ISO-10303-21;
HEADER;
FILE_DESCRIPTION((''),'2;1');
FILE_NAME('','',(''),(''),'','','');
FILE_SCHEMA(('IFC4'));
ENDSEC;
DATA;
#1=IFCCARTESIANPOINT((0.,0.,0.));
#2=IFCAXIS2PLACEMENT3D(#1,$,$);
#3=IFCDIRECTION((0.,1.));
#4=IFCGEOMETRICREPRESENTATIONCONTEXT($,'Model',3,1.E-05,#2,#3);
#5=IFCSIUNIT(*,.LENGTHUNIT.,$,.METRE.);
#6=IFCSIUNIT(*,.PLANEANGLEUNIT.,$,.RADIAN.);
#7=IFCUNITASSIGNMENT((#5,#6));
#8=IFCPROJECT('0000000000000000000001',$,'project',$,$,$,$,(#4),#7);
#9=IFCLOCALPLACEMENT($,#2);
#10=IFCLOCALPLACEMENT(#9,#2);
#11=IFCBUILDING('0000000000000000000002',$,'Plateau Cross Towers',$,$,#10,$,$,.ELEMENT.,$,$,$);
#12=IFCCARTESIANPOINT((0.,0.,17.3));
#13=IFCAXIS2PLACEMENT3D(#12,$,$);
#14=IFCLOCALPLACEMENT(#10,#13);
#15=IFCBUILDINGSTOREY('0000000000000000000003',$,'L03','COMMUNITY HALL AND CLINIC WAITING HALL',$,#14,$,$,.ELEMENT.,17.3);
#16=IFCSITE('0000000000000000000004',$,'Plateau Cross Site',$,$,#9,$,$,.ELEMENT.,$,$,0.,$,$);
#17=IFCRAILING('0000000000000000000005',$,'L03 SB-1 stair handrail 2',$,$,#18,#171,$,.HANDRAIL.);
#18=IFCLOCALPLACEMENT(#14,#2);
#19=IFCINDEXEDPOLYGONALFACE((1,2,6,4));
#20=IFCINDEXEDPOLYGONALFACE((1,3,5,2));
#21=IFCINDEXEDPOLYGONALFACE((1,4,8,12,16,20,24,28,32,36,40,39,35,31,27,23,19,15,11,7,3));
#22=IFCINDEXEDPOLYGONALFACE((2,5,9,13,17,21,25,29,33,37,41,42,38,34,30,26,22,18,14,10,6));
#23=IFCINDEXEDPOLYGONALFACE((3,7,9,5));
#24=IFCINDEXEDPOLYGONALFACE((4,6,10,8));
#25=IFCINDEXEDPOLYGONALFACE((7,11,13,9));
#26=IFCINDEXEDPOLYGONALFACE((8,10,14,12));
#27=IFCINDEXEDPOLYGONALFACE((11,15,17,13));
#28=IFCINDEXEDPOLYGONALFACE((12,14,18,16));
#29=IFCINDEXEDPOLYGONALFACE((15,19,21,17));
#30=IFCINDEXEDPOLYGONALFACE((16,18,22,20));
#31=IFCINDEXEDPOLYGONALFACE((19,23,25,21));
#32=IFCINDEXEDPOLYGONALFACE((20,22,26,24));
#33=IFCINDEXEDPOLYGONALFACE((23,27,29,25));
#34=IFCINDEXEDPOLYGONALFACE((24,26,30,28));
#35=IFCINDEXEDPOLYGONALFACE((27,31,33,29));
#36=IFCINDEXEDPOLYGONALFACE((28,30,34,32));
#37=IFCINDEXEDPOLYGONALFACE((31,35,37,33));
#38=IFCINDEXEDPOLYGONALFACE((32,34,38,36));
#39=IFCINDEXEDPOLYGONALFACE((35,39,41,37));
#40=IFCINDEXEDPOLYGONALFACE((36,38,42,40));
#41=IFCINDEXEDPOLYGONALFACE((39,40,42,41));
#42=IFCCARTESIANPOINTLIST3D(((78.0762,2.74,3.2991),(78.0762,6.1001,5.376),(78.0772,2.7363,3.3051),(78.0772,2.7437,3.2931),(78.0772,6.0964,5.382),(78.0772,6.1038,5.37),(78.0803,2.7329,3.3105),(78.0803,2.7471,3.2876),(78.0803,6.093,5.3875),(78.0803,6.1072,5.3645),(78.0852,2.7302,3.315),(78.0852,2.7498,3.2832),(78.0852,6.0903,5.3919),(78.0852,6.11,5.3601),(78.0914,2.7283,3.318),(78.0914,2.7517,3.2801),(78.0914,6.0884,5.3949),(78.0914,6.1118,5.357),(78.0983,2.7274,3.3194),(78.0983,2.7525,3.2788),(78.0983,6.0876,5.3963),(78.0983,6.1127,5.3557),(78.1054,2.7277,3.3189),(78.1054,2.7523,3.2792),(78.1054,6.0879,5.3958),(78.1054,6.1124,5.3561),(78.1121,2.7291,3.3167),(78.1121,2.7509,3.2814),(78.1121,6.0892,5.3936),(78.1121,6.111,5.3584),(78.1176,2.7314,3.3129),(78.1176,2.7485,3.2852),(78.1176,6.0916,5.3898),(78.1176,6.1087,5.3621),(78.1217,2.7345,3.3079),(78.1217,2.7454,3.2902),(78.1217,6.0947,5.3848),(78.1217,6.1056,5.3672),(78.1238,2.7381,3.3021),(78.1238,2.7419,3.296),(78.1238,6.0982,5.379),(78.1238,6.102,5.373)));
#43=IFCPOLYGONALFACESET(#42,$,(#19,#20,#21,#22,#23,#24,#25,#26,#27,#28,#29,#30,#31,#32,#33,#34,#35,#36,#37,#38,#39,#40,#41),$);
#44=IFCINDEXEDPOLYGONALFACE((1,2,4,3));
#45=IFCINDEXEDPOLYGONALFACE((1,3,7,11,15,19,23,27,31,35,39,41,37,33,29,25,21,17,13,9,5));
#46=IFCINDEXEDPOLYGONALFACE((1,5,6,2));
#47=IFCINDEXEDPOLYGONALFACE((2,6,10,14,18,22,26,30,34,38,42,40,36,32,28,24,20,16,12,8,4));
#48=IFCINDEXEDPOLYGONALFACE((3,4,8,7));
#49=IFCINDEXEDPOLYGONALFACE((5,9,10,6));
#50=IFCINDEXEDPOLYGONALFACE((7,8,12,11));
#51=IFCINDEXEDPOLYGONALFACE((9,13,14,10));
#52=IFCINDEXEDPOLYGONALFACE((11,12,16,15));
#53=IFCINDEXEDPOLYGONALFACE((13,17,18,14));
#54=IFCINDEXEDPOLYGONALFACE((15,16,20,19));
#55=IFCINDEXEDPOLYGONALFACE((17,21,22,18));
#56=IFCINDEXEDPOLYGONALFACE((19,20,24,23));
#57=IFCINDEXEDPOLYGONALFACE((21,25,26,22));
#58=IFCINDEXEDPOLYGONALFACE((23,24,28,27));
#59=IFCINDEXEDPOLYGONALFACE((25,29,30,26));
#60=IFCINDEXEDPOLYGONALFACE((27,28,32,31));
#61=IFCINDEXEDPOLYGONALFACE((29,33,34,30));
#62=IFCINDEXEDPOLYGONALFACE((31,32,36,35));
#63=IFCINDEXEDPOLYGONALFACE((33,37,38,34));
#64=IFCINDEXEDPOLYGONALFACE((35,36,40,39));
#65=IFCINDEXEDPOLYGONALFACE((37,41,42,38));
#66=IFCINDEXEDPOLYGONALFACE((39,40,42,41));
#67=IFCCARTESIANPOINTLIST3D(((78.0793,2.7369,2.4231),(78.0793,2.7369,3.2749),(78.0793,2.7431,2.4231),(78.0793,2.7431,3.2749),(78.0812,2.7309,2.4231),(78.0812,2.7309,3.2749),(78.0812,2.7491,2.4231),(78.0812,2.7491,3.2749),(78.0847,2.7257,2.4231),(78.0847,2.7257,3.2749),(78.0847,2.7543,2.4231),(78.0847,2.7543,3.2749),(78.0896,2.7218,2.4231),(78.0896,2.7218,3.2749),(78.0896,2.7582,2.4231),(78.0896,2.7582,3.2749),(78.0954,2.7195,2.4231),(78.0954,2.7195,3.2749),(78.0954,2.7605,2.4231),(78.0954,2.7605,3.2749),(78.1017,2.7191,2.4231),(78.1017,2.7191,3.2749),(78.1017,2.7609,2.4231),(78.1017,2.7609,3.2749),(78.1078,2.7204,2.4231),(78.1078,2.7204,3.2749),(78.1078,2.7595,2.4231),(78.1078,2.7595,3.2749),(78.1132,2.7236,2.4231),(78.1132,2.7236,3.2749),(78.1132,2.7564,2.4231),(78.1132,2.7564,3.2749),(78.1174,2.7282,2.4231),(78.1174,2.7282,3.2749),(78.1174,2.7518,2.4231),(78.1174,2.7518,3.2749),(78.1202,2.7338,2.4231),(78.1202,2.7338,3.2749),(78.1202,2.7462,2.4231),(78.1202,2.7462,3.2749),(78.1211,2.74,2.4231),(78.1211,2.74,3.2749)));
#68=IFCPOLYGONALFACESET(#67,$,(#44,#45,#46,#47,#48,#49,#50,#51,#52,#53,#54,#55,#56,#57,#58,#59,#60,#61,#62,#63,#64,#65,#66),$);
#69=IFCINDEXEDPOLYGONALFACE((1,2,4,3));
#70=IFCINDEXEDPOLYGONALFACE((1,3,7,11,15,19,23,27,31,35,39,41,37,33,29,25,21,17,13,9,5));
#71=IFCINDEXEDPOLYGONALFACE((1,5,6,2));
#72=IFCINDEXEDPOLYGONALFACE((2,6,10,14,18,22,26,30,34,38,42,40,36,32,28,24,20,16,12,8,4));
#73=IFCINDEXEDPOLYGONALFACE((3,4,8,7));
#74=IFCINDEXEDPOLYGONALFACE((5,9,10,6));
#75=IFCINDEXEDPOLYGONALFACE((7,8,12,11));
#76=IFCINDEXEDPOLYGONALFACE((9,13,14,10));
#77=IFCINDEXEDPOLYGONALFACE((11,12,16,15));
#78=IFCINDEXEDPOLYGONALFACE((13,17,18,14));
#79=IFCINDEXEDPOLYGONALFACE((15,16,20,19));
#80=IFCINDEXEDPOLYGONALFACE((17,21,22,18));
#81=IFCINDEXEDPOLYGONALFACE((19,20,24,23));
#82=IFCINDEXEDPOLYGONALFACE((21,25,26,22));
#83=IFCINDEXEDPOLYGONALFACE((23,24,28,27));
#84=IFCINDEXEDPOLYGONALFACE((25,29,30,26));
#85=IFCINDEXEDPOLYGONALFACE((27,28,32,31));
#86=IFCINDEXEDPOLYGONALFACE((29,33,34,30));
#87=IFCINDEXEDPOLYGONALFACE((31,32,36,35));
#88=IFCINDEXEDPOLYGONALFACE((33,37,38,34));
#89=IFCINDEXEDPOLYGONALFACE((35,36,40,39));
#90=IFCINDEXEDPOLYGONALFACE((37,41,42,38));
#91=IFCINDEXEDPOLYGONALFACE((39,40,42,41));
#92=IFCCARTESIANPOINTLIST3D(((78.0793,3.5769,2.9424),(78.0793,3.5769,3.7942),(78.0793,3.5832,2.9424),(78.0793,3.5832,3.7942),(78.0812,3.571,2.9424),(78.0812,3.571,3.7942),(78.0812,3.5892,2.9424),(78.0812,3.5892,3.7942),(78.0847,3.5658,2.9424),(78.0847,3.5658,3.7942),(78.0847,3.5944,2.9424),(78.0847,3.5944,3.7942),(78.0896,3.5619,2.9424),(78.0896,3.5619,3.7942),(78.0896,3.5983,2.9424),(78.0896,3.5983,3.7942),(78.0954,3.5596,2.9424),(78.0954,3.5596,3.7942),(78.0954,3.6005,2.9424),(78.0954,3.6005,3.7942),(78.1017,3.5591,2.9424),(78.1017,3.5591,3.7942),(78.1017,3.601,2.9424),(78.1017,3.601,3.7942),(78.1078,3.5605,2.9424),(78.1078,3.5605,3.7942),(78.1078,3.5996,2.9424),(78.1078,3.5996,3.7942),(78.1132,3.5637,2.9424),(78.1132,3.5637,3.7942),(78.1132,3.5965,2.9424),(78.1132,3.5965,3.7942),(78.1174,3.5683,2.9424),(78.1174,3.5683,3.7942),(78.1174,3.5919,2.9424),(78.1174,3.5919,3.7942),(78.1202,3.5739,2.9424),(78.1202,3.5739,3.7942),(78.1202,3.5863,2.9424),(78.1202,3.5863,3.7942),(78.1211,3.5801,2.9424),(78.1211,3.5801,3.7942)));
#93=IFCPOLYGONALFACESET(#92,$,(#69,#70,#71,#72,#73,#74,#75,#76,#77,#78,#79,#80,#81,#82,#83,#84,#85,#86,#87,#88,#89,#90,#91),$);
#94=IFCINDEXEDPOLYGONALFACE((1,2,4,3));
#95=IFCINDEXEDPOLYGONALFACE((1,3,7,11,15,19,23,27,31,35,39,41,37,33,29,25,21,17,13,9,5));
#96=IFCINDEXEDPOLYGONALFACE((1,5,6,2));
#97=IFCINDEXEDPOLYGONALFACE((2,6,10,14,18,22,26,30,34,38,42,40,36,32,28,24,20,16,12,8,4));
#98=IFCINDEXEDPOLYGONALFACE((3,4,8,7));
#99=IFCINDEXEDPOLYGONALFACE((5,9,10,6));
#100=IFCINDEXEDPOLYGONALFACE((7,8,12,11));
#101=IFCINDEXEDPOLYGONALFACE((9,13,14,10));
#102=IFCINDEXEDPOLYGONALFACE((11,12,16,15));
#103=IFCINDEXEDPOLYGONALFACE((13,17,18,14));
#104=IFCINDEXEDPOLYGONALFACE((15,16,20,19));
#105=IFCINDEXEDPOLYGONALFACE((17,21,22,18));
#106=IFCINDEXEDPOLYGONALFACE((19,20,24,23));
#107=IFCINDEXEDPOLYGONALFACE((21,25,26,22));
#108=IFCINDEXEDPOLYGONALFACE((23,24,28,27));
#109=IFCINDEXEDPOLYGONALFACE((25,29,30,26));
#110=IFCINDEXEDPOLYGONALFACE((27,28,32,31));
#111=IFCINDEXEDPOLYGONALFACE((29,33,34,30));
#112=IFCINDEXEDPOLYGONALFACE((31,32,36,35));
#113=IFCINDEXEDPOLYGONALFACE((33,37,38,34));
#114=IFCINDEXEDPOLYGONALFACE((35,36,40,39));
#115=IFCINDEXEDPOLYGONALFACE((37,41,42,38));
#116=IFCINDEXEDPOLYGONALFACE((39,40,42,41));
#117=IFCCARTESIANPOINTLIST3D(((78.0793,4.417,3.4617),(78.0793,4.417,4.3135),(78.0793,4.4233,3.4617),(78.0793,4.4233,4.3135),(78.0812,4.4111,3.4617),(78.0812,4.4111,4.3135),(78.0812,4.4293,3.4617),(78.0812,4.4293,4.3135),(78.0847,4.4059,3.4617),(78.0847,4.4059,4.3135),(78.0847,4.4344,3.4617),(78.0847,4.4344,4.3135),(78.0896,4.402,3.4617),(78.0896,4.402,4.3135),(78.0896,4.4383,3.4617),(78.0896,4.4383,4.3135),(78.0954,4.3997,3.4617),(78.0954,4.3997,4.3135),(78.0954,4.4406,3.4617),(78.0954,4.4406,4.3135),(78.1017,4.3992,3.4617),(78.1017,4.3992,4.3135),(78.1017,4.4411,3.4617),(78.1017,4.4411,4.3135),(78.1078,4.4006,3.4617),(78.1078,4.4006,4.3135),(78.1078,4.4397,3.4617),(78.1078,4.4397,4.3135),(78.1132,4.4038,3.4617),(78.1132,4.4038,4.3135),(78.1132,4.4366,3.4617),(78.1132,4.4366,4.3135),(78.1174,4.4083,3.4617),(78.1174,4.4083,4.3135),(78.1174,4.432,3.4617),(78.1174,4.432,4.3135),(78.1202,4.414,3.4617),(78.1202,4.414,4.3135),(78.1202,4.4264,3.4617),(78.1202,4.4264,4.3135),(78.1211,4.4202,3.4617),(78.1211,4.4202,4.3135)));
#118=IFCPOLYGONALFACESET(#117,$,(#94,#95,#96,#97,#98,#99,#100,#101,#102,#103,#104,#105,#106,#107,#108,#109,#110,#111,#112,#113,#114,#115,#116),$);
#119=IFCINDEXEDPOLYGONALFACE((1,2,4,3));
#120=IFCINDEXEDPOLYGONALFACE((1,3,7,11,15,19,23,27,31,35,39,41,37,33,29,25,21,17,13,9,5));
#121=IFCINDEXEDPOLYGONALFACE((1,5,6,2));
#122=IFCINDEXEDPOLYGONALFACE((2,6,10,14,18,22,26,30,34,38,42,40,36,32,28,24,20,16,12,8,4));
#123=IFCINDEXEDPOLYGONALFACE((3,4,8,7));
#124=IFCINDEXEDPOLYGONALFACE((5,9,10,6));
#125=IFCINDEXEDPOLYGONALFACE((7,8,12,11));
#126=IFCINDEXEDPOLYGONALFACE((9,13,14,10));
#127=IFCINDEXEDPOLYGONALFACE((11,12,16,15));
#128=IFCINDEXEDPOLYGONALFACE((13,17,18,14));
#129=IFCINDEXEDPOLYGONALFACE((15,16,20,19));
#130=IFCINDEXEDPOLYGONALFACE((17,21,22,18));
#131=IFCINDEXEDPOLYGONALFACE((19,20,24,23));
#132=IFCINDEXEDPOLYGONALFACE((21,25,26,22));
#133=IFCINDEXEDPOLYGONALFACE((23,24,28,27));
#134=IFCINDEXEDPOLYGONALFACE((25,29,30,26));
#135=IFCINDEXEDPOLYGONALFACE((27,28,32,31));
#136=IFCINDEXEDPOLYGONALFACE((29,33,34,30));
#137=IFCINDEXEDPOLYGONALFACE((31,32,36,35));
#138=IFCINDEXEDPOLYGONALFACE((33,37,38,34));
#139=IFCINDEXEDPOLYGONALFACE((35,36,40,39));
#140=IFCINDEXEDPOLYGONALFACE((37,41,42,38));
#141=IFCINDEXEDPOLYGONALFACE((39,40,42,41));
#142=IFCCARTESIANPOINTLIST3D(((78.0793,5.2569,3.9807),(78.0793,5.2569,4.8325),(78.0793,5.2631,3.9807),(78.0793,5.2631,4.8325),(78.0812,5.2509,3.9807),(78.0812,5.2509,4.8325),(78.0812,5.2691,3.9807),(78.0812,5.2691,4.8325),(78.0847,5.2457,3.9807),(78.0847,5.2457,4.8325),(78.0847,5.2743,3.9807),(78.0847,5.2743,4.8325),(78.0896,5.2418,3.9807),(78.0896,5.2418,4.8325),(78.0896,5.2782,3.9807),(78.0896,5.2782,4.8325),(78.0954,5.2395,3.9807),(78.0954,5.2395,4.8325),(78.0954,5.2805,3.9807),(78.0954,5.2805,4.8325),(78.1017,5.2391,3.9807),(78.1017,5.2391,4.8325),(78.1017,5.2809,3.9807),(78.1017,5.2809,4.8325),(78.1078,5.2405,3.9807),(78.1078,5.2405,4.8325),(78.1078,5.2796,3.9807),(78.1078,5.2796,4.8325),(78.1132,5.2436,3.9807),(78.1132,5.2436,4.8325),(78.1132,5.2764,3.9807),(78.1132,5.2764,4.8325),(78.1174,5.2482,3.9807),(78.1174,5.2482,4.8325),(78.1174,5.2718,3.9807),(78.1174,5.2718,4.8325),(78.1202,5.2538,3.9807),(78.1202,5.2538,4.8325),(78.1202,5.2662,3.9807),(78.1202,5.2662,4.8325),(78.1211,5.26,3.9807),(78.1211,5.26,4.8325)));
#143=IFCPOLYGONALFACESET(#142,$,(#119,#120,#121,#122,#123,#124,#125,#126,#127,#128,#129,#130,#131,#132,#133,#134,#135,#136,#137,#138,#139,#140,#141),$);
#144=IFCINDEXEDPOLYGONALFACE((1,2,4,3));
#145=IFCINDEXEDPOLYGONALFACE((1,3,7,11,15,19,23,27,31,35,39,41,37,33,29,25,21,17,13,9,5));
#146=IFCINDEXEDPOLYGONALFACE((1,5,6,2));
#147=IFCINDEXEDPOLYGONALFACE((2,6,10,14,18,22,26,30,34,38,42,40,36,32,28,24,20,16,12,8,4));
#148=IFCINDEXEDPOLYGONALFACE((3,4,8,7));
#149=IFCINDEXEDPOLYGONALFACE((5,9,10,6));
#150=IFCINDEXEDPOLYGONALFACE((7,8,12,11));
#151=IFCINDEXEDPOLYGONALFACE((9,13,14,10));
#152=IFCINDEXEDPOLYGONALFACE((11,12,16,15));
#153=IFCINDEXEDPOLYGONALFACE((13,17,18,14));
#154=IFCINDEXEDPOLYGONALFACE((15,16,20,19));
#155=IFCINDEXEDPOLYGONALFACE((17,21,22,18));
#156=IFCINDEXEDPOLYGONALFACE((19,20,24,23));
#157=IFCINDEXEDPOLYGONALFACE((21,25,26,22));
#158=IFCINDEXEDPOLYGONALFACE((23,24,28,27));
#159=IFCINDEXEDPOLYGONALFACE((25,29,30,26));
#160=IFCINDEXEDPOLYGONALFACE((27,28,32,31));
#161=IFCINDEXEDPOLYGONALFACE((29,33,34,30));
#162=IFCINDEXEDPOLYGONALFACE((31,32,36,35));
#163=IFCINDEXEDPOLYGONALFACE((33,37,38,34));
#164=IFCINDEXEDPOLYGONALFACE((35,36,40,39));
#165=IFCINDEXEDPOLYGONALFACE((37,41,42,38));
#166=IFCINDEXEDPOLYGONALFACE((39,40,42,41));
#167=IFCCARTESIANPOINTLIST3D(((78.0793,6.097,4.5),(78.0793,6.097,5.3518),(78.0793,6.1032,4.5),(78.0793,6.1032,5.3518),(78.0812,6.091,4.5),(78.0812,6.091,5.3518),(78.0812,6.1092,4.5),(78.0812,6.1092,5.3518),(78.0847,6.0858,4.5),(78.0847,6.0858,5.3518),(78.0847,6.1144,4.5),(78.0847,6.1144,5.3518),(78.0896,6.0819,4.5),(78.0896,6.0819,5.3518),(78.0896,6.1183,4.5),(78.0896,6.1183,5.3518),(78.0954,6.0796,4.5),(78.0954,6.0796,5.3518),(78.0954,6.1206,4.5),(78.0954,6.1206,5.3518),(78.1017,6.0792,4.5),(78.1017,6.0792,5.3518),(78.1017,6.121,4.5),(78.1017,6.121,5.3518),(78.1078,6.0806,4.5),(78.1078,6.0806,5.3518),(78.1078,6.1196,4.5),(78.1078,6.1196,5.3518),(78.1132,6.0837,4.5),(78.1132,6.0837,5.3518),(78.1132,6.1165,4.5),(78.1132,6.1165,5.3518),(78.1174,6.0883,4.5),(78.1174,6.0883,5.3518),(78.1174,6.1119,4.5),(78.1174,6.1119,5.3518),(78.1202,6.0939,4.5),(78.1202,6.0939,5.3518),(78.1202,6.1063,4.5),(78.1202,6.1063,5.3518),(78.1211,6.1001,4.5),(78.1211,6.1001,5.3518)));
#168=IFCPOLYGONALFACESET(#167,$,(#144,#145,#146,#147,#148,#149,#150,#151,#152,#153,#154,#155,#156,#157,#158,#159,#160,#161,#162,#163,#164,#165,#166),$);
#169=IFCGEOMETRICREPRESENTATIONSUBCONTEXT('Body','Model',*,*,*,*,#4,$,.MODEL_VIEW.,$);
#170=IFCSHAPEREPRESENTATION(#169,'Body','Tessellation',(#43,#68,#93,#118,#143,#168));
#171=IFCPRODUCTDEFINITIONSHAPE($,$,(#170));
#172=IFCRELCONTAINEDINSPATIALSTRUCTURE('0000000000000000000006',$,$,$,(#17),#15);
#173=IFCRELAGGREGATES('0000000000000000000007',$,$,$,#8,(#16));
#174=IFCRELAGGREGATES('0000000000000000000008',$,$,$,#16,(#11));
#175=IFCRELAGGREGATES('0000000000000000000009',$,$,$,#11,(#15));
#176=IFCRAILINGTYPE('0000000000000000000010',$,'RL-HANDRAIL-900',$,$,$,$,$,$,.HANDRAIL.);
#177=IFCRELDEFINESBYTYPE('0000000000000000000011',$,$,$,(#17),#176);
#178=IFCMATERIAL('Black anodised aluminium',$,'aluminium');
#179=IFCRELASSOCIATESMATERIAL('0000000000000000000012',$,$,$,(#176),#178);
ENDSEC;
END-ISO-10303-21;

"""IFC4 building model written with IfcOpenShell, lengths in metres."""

from ifc_helpers import new_model, si_unit, direction, frame, origin, origin_2d, place, context, subcontext, project, spatial, circle, extrude, material, type_object, element, save


model = new_model("IFC4")

# Units and contexts
model_context = context("Model", 3, precision=1e-05, world=origin(), true_north=direction((0.0, 1.0)))
body_context = subcontext(model_context, "Body", "Model", "MODEL_VIEW")
ifc_project = project(units=[si_unit("LENGTHUNIT", "METRE"), si_unit("PLANEANGLEUNIT", "RADIAN")], contexts=[model_context])

# Site, building, storey
site_placement = place(None, origin())
site = spatial("IfcSite", under=ifc_project, at=site_placement, Name="Plateau Cross Site", CompositionType="ELEMENT", RefElevation=0.0)
building_placement = place(site_placement, origin())
building = spatial("IfcBuilding", under=site, at=building_placement, Name="Plateau Cross Towers", CompositionType="ELEMENT")
storey_placement = place(building_placement, frame((0.0, 0.0, 17.3)))
storey = spatial("IfcBuildingStorey", under=building, at=storey_placement, Name="L03", Description="COMMUNITY HALL AND CLINIC WAITING HALL", CompositionType="ELEMENT", Elevation=17.3)

# Railing
ifc_material_1 = material(Name="Black anodised aluminium", Category="aluminium")
railing_type_1 = type_object("IfcRailingType", Name="RL-HANDRAIL-900", PredefinedType="HANDRAIL", material=ifc_material_1)
railing_1_placement = place(storey_placement, frame((78.1001, 2.74, 2.4231)))
element("IfcRailing", 1, at=railing_1_placement, inside=storey, type_object=railing_type_1, Name="L03 SB-1 stair handrail 2", PredefinedType="HANDRAIL", context=body_context, shape_type="SweptSolid", body=[
    extrude(circle(Radius=0.0239, at=origin_2d()), frame((0.0, 0.0, 0.876), z_axis=(0.0, 0.850623, 0.525776), x_axis=(-1.0, 0.0, 0.0)), (0.0, 0.0, 1.0), 3.9502),
    extrude(circle(Radius=0.021, at=origin_2d()), origin(), (0.0, 0.0, 1.0), 0.8518),
    extrude(circle(Radius=0.021, at=origin_2d()), frame((0.0, 0.8401, 0.5193)), (0.0, 0.0, 1.0), 0.8518),
    extrude(circle(Radius=0.021, at=origin_2d()), frame((0.0, 1.6802, 1.0386)), (0.0, 0.0, 1.0), 0.8518),
    extrude(circle(Radius=0.021, at=origin_2d()), frame((0.0, 2.52, 1.5576)), (0.0, 0.0, 1.0), 0.8518),
    extrude(circle(Radius=0.021, at=origin_2d()), frame((0.0, 3.3601, 2.0769)), (0.0, 0.0, 1.0), 0.8518),
])

save(model, "model.ifc")
